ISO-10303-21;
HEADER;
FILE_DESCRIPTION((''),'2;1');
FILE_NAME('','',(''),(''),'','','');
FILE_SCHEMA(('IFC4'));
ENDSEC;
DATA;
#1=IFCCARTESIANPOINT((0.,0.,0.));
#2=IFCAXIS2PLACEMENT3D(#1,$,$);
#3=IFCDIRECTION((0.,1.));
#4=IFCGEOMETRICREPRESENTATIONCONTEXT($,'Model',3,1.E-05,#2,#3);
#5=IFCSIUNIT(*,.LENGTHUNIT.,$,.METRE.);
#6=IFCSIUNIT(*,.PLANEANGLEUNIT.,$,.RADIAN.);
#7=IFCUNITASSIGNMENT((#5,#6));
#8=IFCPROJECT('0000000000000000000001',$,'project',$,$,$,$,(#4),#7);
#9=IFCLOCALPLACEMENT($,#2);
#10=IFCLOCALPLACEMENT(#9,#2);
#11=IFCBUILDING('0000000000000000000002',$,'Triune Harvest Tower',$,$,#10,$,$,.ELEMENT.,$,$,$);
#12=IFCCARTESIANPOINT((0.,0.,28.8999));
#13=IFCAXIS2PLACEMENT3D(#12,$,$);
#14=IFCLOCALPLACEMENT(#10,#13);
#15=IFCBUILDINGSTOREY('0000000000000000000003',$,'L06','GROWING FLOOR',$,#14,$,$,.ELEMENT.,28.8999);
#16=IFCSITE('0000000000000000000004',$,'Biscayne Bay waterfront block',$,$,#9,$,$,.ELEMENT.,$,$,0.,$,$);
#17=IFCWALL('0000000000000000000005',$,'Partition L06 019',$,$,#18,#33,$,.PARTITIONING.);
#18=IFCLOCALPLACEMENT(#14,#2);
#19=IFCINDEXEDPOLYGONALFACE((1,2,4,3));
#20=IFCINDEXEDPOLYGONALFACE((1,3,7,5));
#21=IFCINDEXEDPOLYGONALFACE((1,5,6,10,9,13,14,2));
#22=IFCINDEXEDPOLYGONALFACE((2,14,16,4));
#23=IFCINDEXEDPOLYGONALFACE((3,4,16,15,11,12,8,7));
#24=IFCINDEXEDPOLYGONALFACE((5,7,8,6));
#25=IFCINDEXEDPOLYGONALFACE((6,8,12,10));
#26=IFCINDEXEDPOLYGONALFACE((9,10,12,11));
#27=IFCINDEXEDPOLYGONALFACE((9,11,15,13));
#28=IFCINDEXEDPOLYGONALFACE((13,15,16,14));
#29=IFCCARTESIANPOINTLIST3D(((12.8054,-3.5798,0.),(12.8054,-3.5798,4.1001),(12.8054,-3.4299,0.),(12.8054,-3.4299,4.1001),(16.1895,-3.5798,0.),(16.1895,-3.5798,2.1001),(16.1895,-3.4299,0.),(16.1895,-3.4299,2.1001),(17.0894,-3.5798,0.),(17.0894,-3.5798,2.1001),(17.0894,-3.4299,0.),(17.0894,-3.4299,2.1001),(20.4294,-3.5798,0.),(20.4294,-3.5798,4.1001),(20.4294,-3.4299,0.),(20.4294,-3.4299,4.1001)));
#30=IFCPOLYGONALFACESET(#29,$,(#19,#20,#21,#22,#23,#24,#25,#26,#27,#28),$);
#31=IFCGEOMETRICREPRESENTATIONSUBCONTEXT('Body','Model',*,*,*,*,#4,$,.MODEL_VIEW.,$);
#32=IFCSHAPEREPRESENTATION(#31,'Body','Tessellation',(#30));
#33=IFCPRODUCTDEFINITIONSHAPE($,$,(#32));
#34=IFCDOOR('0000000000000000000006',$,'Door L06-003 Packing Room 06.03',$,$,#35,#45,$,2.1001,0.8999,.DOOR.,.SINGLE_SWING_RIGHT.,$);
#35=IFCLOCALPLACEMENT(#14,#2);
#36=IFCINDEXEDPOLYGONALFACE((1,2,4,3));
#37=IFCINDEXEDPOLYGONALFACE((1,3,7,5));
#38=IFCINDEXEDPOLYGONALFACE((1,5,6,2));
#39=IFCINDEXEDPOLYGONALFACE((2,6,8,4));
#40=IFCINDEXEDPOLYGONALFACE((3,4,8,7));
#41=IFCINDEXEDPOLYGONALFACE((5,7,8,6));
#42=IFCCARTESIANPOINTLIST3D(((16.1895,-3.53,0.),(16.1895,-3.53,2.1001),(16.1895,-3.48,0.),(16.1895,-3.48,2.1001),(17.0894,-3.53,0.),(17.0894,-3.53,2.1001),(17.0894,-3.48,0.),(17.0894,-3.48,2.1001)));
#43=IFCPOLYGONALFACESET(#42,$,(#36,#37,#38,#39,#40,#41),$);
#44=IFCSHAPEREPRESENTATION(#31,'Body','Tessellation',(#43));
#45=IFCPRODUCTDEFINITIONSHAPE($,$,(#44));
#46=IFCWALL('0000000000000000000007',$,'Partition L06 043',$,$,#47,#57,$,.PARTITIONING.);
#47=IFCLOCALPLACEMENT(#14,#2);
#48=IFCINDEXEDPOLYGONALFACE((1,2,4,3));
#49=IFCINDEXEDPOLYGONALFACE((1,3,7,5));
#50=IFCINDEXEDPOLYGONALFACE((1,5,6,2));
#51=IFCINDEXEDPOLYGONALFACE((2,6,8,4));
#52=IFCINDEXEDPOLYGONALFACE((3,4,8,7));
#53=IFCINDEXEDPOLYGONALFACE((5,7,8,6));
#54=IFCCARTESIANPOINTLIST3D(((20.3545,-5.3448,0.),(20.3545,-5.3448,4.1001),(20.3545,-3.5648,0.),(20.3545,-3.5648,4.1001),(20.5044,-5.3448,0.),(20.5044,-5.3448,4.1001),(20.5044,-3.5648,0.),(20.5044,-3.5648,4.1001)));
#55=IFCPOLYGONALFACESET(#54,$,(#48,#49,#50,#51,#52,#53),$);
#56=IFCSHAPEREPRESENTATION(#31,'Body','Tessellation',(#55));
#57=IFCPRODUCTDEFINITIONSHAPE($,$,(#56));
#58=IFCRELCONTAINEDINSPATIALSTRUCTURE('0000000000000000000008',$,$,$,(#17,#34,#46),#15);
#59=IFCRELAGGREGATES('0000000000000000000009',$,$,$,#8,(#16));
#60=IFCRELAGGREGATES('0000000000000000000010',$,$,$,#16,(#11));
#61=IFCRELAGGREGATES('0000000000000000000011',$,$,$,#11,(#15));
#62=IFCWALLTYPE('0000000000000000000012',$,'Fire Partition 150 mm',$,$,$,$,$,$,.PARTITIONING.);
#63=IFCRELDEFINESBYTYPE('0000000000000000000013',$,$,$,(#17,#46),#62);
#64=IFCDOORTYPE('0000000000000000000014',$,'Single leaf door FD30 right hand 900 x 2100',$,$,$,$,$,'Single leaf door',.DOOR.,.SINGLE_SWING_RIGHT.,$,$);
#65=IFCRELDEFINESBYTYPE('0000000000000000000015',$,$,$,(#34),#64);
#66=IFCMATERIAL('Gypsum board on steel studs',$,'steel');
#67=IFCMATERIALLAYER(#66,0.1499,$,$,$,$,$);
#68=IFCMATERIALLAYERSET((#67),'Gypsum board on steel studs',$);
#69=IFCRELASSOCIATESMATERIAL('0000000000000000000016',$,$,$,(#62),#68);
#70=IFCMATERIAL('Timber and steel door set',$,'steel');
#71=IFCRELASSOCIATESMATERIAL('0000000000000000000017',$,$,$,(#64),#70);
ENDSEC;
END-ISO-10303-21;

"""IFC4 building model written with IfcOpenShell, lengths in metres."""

from ifc_helpers import new_model, si_unit, direction, frame, frame_2d, origin, place, context, subcontext, project, spatial, rectangle, extrude, source, transform, mapped, material, layer, layer_set, type_object, element, fill, save


model = new_model("IFC4")

# Units and contexts
model_context = context("Model", 3, precision=1e-05, world=origin(), true_north=direction((0.0, 1.0)))
body_context = subcontext(model_context, "Body", "Model", "MODEL_VIEW")
ifc_project = project(units=[si_unit("LENGTHUNIT", "METRE"), si_unit("PLANEANGLEUNIT", "RADIAN")], contexts=[model_context])

# Site, building, storey
site_placement = place(None, origin())
site = spatial("IfcSite", under=ifc_project, at=site_placement, Name="Biscayne Bay waterfront block", CompositionType="ELEMENT", RefElevation=0.0)
building_placement = place(site_placement, origin())
building = spatial("IfcBuilding", under=site, at=building_placement, Name="Triune Harvest Tower", CompositionType="ELEMENT")
storey_placement = place(building_placement, frame((0.0, 0.0, 28.8999)))
storey = spatial("IfcBuildingStorey", under=building, at=storey_placement, Name="L06", Description="GROWING FLOOR", CompositionType="ELEMENT", Elevation=28.8999)

# Shared definitions
ifc_material_1 = material(Name="Gypsum board on steel studs", Category="steel")
ifc_layer_1 = layer(ifc_material_1, 0.1499)
ifc_layer_set_1 = layer_set([ifc_layer_1], Name="Gypsum board on steel studs")
wall_type_1 = type_object("IfcWallType", Name="Fire Partition 150 mm", PredefinedType="PARTITIONING", material=ifc_layer_set_1)

# Wall, opening, door
shared_shape_1 = source(origin(), body_context, "Body", "SweptSolid", [
    extrude(rectangle(XDim=7.624, YDim=0.1499, at=frame_2d((3.812, 0.0))), origin(), (0.0, 0.0, 1.0), 4.1001),
])
wall_1_placement = place(storey_placement, frame((12.8054, -3.5049, 0.0), z_axis=(0.0, 0.0, 1.0), x_axis=(1.0, 0.0, 0.0)))
wall_1 = element("IfcWall", 1, at=wall_1_placement, inside=storey, type_object=wall_type_1, Name="Partition L06 019", PredefinedType="PARTITIONING", context=body_context, shape_type="MappedRepresentation", body=[
    mapped(shared_shape_1, transform((0.0, 0.0, 0.0), scale=1.0)),
])
opening_1_placement = place(wall_1_placement, frame((3.384, 0.0, 0.0)))
opening_1 = element("IfcOpeningElement", 2, at=opening_1_placement, cuts=wall_1, PredefinedType="OPENING", context=body_context, shape_type="SweptSolid", body=[
    extrude(rectangle(XDim=0.8999, YDim=2.1001, at=frame_2d((0.45, 1.05))), frame((0.0, 0.085, 0.0), z_axis=(0.0, -1.0, 0.0), x_axis=(1.0, 0.0, 0.0)), (0.0, 0.0, 1.0), 0.1699),
])
ifc_material_2 = material(Name="Timber and steel door set", Category="steel")
door_type_1 = type_object("IfcDoorType", Name="Single leaf door FD30 right hand 900 x 2100", ElementType="Single leaf door", OperationType="SINGLE_SWING_RIGHT", PredefinedType="DOOR", material=ifc_material_2)
door_1_placement = place(opening_1_placement, origin())
door_1 = element("IfcDoor", 3, at=door_1_placement, inside=storey, type_object=door_type_1, Name="Door L06-003 Packing Room 06.03", OperationType="SINGLE_SWING_RIGHT", OverallHeight=2.1001, OverallWidth=0.8999, PredefinedType="DOOR", context=body_context, shape_type="SweptSolid", body=[
    extrude(rectangle(XDim=0.8999, YDim=2.1001, at=frame_2d((0.45, 1.05))), frame((0.0, 0.0249, 0.0), z_axis=(0.0, -1.0, 0.0), x_axis=(1.0, 0.0, 0.0)), (0.0, 0.0, 1.0), 0.05),
])
fill(opening_1, door_1)

# Wall
shared_shape_2 = source(origin(), body_context, "Body", "SweptSolid", [
    extrude(rectangle(XDim=1.78, YDim=0.1499, at=frame_2d((0.8901, 0.0))), origin(), (0.0, 0.0, 1.0), 4.1001),
])
wall_2_placement = place(storey_placement, frame((20.4294, -5.345, 0.0), z_axis=(0.0, 0.0, 1.0), x_axis=(0.0, 1.0, 0.0)))
element("IfcWall", 4, at=wall_2_placement, inside=storey, type_object=wall_type_1, Name="Partition L06 043", PredefinedType="PARTITIONING", context=body_context, shape_type="MappedRepresentation", body=[
    mapped(shared_shape_2, transform((0.0, 0.0, 0.0), scale=1.0)),
])

save(model, "model.ifc")
